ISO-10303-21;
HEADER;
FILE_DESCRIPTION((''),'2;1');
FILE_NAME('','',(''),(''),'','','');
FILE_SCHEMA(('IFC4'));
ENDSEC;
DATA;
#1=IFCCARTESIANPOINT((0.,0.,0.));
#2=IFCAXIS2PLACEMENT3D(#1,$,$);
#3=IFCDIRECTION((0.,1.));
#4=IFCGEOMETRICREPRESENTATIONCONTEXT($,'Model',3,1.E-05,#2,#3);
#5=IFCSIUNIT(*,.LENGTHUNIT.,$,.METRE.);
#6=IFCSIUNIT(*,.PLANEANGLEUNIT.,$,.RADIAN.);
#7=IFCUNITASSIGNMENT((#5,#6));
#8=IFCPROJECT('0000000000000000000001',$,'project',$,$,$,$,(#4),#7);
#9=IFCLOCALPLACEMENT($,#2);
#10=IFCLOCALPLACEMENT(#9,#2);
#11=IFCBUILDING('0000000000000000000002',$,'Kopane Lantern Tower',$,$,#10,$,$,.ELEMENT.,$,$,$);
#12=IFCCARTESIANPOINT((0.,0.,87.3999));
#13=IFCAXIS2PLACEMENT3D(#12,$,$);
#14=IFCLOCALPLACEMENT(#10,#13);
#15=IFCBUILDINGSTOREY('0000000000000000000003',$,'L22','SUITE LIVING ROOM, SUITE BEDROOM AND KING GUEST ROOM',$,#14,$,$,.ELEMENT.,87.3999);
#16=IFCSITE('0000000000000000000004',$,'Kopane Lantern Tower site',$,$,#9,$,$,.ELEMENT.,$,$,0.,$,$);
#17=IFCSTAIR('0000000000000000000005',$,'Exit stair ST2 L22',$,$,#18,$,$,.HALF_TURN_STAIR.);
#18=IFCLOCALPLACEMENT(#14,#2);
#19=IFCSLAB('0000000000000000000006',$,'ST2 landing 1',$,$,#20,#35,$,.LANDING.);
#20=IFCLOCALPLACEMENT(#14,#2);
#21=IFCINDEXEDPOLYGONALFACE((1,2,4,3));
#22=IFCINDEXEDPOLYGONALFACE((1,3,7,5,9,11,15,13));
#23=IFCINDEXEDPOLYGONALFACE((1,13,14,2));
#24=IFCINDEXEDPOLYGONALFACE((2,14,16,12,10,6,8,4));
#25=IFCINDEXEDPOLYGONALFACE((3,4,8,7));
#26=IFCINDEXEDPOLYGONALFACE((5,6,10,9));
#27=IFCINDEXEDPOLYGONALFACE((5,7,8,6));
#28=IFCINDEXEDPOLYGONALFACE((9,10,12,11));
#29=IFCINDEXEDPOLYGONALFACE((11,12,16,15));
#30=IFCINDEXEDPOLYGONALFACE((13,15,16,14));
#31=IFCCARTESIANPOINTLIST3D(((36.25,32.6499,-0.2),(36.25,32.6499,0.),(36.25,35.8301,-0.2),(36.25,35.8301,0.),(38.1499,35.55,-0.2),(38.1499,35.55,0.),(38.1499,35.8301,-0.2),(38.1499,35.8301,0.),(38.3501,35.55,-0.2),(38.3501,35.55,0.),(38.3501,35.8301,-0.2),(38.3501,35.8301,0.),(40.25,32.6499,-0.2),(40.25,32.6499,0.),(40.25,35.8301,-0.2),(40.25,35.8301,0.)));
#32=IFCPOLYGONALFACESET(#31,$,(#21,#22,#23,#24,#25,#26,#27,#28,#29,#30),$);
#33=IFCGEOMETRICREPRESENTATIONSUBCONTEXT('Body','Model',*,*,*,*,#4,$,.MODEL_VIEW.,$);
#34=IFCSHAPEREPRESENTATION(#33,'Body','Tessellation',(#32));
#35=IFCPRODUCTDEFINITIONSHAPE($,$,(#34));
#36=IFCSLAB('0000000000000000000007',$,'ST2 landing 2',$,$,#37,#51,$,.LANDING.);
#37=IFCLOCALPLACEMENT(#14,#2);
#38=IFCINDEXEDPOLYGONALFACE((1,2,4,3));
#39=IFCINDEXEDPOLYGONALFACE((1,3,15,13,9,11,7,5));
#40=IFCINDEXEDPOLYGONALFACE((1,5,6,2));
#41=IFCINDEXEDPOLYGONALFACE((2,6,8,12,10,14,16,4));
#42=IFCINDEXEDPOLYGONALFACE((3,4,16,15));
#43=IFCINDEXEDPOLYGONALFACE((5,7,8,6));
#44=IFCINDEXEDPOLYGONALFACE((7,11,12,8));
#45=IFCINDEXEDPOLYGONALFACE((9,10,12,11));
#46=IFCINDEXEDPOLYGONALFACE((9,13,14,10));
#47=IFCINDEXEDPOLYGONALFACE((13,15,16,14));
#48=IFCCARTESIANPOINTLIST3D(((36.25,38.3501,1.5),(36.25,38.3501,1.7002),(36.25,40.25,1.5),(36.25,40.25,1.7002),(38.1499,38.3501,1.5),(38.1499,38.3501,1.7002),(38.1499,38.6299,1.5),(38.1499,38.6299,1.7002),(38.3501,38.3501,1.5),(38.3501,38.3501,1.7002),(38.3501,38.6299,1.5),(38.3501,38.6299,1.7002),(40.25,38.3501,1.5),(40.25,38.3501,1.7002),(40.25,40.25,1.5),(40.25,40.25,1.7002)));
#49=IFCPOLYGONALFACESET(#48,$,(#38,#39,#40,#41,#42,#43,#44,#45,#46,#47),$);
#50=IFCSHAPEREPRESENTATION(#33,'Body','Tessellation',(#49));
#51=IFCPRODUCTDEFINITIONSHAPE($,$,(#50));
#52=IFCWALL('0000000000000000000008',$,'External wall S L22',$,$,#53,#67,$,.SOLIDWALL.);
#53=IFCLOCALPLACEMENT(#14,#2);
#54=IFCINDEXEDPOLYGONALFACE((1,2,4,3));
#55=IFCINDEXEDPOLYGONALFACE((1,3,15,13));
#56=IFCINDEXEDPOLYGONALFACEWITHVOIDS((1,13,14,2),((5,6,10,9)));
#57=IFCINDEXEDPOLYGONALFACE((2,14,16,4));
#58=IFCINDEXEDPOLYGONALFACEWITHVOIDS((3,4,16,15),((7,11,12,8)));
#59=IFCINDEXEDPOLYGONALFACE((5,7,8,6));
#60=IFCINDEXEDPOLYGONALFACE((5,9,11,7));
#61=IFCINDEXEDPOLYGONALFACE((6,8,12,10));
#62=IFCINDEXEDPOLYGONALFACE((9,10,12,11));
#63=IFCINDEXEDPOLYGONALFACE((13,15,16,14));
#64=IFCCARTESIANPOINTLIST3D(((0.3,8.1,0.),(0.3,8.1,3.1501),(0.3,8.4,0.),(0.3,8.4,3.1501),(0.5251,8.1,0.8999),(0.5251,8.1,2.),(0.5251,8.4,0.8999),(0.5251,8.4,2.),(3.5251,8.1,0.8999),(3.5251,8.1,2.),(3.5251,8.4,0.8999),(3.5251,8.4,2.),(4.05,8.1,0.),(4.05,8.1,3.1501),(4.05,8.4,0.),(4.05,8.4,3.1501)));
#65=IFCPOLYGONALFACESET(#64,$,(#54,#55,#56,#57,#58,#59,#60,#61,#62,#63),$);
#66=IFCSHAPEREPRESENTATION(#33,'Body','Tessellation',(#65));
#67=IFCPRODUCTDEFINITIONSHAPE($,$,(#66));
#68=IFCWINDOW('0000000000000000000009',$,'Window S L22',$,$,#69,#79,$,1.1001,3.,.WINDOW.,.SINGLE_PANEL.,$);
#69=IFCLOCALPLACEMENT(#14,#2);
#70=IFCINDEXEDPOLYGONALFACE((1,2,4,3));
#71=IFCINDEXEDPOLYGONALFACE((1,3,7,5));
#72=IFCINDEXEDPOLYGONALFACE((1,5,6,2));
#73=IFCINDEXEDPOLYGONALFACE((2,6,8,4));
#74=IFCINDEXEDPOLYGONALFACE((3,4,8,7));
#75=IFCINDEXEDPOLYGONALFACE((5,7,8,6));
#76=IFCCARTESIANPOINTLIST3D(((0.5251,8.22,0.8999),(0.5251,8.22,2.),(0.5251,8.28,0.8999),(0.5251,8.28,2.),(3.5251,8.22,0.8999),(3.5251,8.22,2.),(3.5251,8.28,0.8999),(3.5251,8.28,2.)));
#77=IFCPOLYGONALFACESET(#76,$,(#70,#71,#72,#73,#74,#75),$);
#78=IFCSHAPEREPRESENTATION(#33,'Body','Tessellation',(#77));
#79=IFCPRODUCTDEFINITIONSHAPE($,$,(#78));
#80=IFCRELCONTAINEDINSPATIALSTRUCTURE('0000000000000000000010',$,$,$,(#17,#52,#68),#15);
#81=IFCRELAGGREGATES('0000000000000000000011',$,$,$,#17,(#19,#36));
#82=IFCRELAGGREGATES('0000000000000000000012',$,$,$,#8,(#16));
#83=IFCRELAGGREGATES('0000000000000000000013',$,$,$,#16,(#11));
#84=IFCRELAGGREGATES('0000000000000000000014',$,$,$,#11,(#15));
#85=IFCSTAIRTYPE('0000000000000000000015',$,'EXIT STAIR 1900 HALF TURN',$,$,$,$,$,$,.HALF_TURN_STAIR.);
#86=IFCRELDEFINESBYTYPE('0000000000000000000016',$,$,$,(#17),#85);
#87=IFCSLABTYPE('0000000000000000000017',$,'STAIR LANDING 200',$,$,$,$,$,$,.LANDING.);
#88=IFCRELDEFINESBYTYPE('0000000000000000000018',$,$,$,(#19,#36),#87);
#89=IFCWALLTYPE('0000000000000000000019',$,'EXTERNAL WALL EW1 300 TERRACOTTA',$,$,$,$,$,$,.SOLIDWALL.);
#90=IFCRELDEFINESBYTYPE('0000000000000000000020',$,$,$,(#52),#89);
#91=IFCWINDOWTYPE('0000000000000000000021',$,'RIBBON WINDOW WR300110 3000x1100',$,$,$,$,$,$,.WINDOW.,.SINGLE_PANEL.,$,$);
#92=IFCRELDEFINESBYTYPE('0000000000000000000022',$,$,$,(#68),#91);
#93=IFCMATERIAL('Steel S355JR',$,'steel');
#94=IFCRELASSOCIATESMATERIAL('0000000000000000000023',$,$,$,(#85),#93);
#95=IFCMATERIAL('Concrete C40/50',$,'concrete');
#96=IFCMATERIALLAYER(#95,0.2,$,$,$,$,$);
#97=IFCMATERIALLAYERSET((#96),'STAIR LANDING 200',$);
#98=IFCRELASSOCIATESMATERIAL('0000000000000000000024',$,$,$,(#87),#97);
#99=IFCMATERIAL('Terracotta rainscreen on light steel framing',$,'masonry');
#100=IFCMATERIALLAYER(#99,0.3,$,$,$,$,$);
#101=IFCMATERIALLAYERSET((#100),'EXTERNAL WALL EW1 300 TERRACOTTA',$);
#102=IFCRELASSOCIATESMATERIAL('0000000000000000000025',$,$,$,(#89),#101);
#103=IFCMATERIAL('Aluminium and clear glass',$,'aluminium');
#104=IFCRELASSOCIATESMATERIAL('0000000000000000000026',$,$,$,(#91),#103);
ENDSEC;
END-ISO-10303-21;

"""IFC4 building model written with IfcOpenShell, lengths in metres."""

from ifc_helpers import new_model, si_unit, direction, frame, frame_2d, origin, place, context, subcontext, project, spatial, polyline, rectangle, outline, extrude, material, layer, layer_set, type_object, element, fill, aggregate, save


model = new_model("IFC4")

# Units and contexts
model_context = context("Model", 3, precision=1e-05, world=origin(), true_north=direction((0.0, 1.0)))
body_context = subcontext(model_context, "Body", "Model", "MODEL_VIEW")
ifc_project = project(units=[si_unit("LENGTHUNIT", "METRE"), si_unit("PLANEANGLEUNIT", "RADIAN")], contexts=[model_context])

# Site, building, storey
site_placement = place(None, origin())
site = spatial("IfcSite", under=ifc_project, at=site_placement, Name="Kopane Lantern Tower site", CompositionType="ELEMENT", RefElevation=0.0)
building_placement = place(site_placement, origin())
building = spatial("IfcBuilding", under=site, at=building_placement, Name="Kopane Lantern Tower", CompositionType="ELEMENT")
storey_placement = place(building_placement, frame((0.0, 0.0, 87.3999)))
storey = spatial("IfcBuildingStorey", under=building, at=storey_placement, Name="L22", Description="SUITE LIVING ROOM, SUITE BEDROOM AND KING GUEST ROOM", CompositionType="ELEMENT", Elevation=87.3999)

# Stair, slabs
ifc_material_1 = material(Name="Steel S355JR", Category="steel")
stair_type = type_object("IfcStairType", Name="EXIT STAIR 1900 HALF TURN", PredefinedType="HALF_TURN_STAIR", material=ifc_material_1)
ifc_material_2 = material(Name="Concrete C40/50", Category="concrete")
ifc_layer_1 = layer(ifc_material_2, 0.2)
ifc_layer_set_1 = layer_set([ifc_layer_1], Name="STAIR LANDING 200")
slab_type_1 = type_object("IfcSlabType", Name="STAIR LANDING 200", PredefinedType="LANDING", material=ifc_layer_set_1)
stair_1_placement = place(storey_placement, origin())
stair_1 = element("IfcStair", 1, at=stair_1_placement, inside=storey, type_object=stair_type, Name="Exit stair ST2 L22", PredefinedType="HALF_TURN_STAIR")
slab_1_placement = place(storey_placement, frame((0.0, 0.0, -0.2)))
slab_1 = element("IfcSlab", 2, at=slab_1_placement, type_object=slab_type_1, Name="ST2 landing 1", PredefinedType="LANDING", context=body_context, shape_type="SweptSolid", body=[
    extrude(outline(polyline([(40.25, 35.8301), (38.3501, 35.8301), (38.3501, 35.55), (38.1499, 35.55), (38.1499, 35.8301), (36.25, 35.8301), (36.25, 32.6499), (40.25, 32.6499), (40.25, 35.8301)])), origin(), (0.0, 0.0, 1.0), 0.2),
])
slab_2_placement = place(storey_placement, frame((0.0, 0.0, 1.5)))
slab_2 = element("IfcSlab", 3, at=slab_2_placement, type_object=slab_type_1, Name="ST2 landing 2", PredefinedType="LANDING", context=body_context, shape_type="SweptSolid", body=[
    extrude(outline(polyline([(38.1499, 38.6299), (38.3501, 38.6299), (38.3501, 38.3501), (40.25, 38.3501), (40.25, 40.25), (36.25, 40.25), (36.25, 38.3501), (38.1499, 38.3501), (38.1499, 38.6299)])), origin(), (0.0, 0.0, 1.0), 0.2002),
])
aggregate(stair_1, [slab_1, slab_2])

# Wall, opening, window
ifc_material_3 = material(Name="Terracotta rainscreen on light steel framing", Category="masonry")
ifc_layer_2 = layer(ifc_material_3, 0.3)
ifc_layer_set_2 = layer_set([ifc_layer_2], Name="EXTERNAL WALL EW1 300 TERRACOTTA")
wall_type = type_object("IfcWallType", Name="EXTERNAL WALL EW1 300 TERRACOTTA", PredefinedType="SOLIDWALL", material=ifc_layer_set_2)
wall_placement = place(storey_placement, frame((0.3, 8.25, 0.0), z_axis=(0.0, 0.0, 1.0), x_axis=(1.0, 0.0, 0.0)))
wall = element("IfcWall", 4, at=wall_placement, inside=storey, type_object=wall_type, Name="External wall S L22", PredefinedType="SOLIDWALL", context=body_context, shape_type="SweptSolid", body=[
    extrude(rectangle(XDim=3.75, YDim=0.3, at=frame_2d((1.875, 0.0))), origin(), (0.0, 0.0, 1.0), 3.1501),
])
opening_placement = place(wall_placement, frame((0.2251, 0.0, 0.8999)))
opening = element("IfcOpeningElement", 5, at=opening_placement, cuts=wall, PredefinedType="OPENING", context=body_context, shape_type="SweptSolid", body=[
    extrude(rectangle(XDim=3.0, YDim=1.1001, at=frame_2d((1.5, 0.55))), frame((0.0, 0.1599, 0.0), z_axis=(0.0, -1.0, 0.0), x_axis=(1.0, 0.0, 0.0)), (0.0, 0.0, 1.0), 0.3201),
])
ifc_material_4 = material(Name="Aluminium and clear glass", Category="aluminium")
window_type = type_object("IfcWindowType", Name="RIBBON WINDOW WR300110 3000x1100", PartitioningType="SINGLE_PANEL", PredefinedType="WINDOW", material=ifc_material_4)
window_placement = place(opening_placement, origin())
window = element("IfcWindow", 6, at=window_placement, inside=storey, type_object=window_type, Name="Window S L22", OverallHeight=1.1001, OverallWidth=3.0, PartitioningType="SINGLE_PANEL", PredefinedType="WINDOW", context=body_context, shape_type="SweptSolid", body=[
    extrude(rectangle(XDim=3.0, YDim=1.1001, at=frame_2d((1.5, 0.55))), frame((0.0, 0.03, 0.0), z_axis=(0.0, -1.0, 0.0), x_axis=(1.0, 0.0, 0.0)), (0.0, 0.0, 1.0), 0.0601),
])
fill(opening, window)

save(model, "model.ifc")
